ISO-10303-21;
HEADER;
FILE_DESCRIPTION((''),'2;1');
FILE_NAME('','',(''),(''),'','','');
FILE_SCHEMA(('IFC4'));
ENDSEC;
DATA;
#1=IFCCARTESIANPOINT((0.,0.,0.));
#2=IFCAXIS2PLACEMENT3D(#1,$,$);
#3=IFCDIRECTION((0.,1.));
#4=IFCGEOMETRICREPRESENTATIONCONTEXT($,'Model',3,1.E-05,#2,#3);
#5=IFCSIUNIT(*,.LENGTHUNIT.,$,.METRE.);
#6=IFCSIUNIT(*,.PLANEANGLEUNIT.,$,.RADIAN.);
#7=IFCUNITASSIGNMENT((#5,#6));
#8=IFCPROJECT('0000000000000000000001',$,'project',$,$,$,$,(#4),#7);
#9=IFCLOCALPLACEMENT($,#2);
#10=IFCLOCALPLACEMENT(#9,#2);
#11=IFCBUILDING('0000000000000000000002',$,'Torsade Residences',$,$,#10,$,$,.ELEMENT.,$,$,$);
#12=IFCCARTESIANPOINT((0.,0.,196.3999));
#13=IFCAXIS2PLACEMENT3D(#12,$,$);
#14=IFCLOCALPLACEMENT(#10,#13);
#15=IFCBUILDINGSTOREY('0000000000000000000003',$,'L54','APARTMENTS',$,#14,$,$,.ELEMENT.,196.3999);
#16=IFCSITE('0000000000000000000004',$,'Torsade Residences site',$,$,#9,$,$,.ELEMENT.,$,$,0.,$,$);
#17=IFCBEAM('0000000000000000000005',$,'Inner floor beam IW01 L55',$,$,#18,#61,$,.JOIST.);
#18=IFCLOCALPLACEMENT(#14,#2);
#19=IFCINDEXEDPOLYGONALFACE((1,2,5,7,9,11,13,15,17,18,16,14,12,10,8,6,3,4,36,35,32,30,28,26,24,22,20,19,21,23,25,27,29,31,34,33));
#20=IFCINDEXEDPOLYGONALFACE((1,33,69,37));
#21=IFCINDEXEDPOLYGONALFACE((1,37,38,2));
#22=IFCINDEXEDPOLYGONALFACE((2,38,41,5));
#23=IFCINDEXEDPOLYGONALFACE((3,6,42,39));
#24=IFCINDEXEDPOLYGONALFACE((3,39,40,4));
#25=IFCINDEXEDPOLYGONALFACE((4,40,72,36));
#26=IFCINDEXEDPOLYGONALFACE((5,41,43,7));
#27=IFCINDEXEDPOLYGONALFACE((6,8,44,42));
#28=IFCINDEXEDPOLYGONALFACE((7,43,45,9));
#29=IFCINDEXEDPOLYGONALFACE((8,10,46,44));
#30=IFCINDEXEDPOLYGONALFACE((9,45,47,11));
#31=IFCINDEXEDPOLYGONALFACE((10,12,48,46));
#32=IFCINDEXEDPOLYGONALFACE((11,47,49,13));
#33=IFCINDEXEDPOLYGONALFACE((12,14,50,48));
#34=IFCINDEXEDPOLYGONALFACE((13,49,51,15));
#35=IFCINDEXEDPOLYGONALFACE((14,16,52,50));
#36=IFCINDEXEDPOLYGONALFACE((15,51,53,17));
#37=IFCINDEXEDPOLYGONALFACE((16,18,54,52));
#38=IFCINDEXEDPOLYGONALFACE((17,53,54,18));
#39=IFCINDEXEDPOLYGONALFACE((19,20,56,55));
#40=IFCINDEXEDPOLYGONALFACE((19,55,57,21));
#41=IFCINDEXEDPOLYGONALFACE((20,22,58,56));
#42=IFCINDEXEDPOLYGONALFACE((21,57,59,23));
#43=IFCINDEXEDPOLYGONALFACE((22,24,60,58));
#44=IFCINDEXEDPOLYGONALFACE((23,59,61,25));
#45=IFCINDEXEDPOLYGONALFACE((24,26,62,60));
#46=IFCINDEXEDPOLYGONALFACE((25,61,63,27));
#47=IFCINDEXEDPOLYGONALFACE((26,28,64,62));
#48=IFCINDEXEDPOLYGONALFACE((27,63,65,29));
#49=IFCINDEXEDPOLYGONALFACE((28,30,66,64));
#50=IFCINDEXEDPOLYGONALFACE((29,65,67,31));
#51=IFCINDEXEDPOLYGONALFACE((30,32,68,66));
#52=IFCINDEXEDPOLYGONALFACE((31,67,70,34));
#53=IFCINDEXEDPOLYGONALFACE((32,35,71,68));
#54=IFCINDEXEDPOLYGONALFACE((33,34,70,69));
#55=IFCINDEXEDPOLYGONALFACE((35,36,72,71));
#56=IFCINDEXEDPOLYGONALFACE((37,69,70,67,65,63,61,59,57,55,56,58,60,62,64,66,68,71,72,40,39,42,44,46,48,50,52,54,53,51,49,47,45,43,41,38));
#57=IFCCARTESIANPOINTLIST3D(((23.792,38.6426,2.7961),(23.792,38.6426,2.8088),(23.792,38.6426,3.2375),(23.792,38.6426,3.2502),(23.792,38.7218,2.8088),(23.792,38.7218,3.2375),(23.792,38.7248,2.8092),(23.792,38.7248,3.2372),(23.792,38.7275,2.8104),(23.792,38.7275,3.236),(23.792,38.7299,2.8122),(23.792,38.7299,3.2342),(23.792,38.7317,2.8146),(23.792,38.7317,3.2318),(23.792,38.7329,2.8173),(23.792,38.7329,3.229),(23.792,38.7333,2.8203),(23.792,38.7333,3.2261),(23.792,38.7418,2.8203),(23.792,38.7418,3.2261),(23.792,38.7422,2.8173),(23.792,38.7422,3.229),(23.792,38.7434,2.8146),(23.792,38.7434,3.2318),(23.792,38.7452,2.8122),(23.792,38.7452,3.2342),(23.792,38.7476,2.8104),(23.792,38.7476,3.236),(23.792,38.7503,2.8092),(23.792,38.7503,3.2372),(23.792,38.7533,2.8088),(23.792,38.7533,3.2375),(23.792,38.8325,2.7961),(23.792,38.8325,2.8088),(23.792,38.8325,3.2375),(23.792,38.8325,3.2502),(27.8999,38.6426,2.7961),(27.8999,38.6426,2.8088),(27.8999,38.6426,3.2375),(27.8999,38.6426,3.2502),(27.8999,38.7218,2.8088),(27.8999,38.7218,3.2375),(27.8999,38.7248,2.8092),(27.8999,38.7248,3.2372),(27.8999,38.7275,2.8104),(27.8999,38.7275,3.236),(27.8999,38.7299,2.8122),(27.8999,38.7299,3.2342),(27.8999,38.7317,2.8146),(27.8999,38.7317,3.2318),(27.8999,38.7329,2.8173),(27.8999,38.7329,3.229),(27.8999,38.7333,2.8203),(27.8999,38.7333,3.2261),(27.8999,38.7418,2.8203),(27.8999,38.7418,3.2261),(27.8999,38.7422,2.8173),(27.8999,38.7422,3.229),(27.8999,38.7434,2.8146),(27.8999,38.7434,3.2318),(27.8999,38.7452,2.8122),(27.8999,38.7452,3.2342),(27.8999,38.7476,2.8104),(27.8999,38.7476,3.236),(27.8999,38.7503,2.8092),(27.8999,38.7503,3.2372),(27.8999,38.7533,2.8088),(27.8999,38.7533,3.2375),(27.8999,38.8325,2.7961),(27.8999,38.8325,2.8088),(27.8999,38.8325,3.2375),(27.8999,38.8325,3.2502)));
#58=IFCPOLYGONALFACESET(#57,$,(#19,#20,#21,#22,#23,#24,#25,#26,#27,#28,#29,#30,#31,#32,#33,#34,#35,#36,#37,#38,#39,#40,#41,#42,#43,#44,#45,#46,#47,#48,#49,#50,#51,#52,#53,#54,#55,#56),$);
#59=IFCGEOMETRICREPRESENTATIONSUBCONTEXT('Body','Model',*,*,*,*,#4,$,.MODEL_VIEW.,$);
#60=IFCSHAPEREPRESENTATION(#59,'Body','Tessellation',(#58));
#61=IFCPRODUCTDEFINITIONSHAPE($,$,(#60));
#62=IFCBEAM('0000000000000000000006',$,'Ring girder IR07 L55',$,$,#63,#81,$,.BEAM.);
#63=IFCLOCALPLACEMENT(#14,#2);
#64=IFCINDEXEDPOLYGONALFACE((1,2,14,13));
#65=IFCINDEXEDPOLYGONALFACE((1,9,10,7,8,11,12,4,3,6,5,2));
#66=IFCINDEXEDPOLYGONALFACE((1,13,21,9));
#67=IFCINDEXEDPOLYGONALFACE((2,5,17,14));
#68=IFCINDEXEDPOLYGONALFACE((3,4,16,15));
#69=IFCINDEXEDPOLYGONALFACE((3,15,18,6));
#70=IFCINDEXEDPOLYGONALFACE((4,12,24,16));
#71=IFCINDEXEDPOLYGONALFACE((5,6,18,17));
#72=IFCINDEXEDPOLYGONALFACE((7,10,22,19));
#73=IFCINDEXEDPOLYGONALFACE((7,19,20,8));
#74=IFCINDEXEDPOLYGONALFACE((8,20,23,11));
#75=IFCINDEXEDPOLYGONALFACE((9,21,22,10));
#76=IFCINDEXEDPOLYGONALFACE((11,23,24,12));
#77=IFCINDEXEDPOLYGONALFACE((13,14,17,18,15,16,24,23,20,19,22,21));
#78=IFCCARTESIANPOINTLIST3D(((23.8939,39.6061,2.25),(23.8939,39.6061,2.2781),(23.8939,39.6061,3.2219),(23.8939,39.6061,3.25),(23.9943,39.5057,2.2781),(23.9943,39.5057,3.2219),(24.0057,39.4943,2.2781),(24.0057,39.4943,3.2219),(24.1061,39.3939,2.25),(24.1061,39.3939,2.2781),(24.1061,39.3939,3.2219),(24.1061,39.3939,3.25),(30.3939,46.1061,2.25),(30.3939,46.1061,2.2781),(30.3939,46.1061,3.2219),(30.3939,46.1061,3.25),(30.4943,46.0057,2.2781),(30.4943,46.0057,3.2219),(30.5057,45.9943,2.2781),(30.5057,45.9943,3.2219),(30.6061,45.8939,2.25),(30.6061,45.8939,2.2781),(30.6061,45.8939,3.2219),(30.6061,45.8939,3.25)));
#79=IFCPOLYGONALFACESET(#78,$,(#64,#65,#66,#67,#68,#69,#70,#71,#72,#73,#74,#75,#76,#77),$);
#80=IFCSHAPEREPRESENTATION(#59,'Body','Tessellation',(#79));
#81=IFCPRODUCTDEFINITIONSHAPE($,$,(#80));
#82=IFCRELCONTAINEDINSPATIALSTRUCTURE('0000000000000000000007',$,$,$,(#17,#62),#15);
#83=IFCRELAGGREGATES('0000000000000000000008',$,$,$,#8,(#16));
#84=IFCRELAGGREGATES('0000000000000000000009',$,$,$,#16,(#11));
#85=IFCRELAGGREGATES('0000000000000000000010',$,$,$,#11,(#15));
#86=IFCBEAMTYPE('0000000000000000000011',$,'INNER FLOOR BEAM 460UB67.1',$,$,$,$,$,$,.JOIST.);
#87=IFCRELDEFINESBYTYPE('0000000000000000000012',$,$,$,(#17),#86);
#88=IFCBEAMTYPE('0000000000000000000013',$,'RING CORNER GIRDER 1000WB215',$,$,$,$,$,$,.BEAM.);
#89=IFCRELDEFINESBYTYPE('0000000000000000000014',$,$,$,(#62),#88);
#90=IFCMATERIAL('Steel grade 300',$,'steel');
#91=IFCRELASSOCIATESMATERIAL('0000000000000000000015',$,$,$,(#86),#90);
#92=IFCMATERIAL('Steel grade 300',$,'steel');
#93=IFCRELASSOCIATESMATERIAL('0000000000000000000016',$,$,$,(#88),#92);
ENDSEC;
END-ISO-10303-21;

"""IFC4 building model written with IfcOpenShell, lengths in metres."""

from ifc_helpers import new_model, si_unit, direction, frame, origin, origin_2d, place, context, subcontext, project, spatial, i_section, extrude, material, material_profile, profile_set, type_object, element, save


model = new_model("IFC4")

# Units and contexts
model_context = context("Model", 3, precision=1e-05, world=origin(), true_north=direction((0.0, 1.0)))
body_context = subcontext(model_context, "Body", "Model", "MODEL_VIEW")
ifc_project = project(units=[si_unit("LENGTHUNIT", "METRE"), si_unit("PLANEANGLEUNIT", "RADIAN")], contexts=[model_context])

# Site, building, storey
site_placement = place(None, origin())
site = spatial("IfcSite", under=ifc_project, at=site_placement, Name="Torsade Residences site", CompositionType="ELEMENT", RefElevation=0.0)
building_placement = place(site_placement, origin())
building = spatial("IfcBuilding", under=site, at=building_placement, Name="Torsade Residences", CompositionType="ELEMENT")
storey_placement = place(building_placement, frame((0.0, 0.0, 196.3999)))
storey = spatial("IfcBuildingStorey", under=building, at=storey_placement, Name="L54", Description="APARTMENTS", CompositionType="ELEMENT", Elevation=196.3999)

# Beams
ifc_material_1 = material(Name="Steel grade 300", Category="steel")
ifc_material_profile_1 = material_profile(ifc_material_1, i_section(OverallWidth=0.1899, OverallDepth=0.4541, WebThickness=0.0085, FlangeThickness=0.0127, FilletRadius=0.0115, at=origin_2d()), Name="460UB67.1")
ifc_profile_set_1 = profile_set([ifc_material_profile_1], Name="Steel grade 300")
beam_type_1 = type_object("IfcBeamType", Name="INNER FLOOR BEAM 460UB67.1", PredefinedType="JOIST", material=ifc_profile_set_1)
beam_1_placement = place(storey_placement, frame((27.8999, 38.7375, 3.0232), z_axis=(-1.0, 0.0, 0.0), x_axis=(0.0, -1.0, 0.0)))
element("IfcBeam", 1, at=beam_1_placement, inside=storey, type_object=beam_type_1, Name="Inner floor beam IW01 L55", PredefinedType="JOIST", context=body_context, shape_type="SweptSolid", body=[
    extrude(i_section(OverallWidth=0.1899, OverallDepth=0.4541, WebThickness=0.0085, FlangeThickness=0.0127, FilletRadius=0.0115, at=origin_2d()), origin(), (0.0, 0.0, 1.0), 4.1079),
])
ifc_material_2 = material(Name="Steel grade 300", Category="steel")
ifc_material_profile_2 = material_profile(ifc_material_2, i_section(OverallWidth=0.3, OverallDepth=1.0, WebThickness=0.0161, FlangeThickness=0.0281, at=origin_2d()), Name="1000WB215")
ifc_profile_set_2 = profile_set([ifc_material_profile_2], Name="Steel grade 300")
beam_type_2 = type_object("IfcBeamType", Name="RING CORNER GIRDER 1000WB215", PredefinedType="BEAM", material=ifc_profile_set_2)
beam_2_placement = place(storey_placement, frame((30.5, 46.0, 2.75), z_axis=(-0.707107, -0.707107, 0.0), x_axis=(0.707107, -0.707107, 0.0)))
element("IfcBeam", 2, at=beam_2_placement, inside=storey, type_object=beam_type_2, Name="Ring girder IR07 L55", PredefinedType="BEAM", context=body_context, shape_type="SweptSolid", body=[
    extrude(i_section(OverallWidth=0.3, OverallDepth=1.0, WebThickness=0.0161, FlangeThickness=0.0281, at=origin_2d()), origin(), (0.0, 0.0, 1.0), 9.1924),
])

save(model, "model.ifc")
